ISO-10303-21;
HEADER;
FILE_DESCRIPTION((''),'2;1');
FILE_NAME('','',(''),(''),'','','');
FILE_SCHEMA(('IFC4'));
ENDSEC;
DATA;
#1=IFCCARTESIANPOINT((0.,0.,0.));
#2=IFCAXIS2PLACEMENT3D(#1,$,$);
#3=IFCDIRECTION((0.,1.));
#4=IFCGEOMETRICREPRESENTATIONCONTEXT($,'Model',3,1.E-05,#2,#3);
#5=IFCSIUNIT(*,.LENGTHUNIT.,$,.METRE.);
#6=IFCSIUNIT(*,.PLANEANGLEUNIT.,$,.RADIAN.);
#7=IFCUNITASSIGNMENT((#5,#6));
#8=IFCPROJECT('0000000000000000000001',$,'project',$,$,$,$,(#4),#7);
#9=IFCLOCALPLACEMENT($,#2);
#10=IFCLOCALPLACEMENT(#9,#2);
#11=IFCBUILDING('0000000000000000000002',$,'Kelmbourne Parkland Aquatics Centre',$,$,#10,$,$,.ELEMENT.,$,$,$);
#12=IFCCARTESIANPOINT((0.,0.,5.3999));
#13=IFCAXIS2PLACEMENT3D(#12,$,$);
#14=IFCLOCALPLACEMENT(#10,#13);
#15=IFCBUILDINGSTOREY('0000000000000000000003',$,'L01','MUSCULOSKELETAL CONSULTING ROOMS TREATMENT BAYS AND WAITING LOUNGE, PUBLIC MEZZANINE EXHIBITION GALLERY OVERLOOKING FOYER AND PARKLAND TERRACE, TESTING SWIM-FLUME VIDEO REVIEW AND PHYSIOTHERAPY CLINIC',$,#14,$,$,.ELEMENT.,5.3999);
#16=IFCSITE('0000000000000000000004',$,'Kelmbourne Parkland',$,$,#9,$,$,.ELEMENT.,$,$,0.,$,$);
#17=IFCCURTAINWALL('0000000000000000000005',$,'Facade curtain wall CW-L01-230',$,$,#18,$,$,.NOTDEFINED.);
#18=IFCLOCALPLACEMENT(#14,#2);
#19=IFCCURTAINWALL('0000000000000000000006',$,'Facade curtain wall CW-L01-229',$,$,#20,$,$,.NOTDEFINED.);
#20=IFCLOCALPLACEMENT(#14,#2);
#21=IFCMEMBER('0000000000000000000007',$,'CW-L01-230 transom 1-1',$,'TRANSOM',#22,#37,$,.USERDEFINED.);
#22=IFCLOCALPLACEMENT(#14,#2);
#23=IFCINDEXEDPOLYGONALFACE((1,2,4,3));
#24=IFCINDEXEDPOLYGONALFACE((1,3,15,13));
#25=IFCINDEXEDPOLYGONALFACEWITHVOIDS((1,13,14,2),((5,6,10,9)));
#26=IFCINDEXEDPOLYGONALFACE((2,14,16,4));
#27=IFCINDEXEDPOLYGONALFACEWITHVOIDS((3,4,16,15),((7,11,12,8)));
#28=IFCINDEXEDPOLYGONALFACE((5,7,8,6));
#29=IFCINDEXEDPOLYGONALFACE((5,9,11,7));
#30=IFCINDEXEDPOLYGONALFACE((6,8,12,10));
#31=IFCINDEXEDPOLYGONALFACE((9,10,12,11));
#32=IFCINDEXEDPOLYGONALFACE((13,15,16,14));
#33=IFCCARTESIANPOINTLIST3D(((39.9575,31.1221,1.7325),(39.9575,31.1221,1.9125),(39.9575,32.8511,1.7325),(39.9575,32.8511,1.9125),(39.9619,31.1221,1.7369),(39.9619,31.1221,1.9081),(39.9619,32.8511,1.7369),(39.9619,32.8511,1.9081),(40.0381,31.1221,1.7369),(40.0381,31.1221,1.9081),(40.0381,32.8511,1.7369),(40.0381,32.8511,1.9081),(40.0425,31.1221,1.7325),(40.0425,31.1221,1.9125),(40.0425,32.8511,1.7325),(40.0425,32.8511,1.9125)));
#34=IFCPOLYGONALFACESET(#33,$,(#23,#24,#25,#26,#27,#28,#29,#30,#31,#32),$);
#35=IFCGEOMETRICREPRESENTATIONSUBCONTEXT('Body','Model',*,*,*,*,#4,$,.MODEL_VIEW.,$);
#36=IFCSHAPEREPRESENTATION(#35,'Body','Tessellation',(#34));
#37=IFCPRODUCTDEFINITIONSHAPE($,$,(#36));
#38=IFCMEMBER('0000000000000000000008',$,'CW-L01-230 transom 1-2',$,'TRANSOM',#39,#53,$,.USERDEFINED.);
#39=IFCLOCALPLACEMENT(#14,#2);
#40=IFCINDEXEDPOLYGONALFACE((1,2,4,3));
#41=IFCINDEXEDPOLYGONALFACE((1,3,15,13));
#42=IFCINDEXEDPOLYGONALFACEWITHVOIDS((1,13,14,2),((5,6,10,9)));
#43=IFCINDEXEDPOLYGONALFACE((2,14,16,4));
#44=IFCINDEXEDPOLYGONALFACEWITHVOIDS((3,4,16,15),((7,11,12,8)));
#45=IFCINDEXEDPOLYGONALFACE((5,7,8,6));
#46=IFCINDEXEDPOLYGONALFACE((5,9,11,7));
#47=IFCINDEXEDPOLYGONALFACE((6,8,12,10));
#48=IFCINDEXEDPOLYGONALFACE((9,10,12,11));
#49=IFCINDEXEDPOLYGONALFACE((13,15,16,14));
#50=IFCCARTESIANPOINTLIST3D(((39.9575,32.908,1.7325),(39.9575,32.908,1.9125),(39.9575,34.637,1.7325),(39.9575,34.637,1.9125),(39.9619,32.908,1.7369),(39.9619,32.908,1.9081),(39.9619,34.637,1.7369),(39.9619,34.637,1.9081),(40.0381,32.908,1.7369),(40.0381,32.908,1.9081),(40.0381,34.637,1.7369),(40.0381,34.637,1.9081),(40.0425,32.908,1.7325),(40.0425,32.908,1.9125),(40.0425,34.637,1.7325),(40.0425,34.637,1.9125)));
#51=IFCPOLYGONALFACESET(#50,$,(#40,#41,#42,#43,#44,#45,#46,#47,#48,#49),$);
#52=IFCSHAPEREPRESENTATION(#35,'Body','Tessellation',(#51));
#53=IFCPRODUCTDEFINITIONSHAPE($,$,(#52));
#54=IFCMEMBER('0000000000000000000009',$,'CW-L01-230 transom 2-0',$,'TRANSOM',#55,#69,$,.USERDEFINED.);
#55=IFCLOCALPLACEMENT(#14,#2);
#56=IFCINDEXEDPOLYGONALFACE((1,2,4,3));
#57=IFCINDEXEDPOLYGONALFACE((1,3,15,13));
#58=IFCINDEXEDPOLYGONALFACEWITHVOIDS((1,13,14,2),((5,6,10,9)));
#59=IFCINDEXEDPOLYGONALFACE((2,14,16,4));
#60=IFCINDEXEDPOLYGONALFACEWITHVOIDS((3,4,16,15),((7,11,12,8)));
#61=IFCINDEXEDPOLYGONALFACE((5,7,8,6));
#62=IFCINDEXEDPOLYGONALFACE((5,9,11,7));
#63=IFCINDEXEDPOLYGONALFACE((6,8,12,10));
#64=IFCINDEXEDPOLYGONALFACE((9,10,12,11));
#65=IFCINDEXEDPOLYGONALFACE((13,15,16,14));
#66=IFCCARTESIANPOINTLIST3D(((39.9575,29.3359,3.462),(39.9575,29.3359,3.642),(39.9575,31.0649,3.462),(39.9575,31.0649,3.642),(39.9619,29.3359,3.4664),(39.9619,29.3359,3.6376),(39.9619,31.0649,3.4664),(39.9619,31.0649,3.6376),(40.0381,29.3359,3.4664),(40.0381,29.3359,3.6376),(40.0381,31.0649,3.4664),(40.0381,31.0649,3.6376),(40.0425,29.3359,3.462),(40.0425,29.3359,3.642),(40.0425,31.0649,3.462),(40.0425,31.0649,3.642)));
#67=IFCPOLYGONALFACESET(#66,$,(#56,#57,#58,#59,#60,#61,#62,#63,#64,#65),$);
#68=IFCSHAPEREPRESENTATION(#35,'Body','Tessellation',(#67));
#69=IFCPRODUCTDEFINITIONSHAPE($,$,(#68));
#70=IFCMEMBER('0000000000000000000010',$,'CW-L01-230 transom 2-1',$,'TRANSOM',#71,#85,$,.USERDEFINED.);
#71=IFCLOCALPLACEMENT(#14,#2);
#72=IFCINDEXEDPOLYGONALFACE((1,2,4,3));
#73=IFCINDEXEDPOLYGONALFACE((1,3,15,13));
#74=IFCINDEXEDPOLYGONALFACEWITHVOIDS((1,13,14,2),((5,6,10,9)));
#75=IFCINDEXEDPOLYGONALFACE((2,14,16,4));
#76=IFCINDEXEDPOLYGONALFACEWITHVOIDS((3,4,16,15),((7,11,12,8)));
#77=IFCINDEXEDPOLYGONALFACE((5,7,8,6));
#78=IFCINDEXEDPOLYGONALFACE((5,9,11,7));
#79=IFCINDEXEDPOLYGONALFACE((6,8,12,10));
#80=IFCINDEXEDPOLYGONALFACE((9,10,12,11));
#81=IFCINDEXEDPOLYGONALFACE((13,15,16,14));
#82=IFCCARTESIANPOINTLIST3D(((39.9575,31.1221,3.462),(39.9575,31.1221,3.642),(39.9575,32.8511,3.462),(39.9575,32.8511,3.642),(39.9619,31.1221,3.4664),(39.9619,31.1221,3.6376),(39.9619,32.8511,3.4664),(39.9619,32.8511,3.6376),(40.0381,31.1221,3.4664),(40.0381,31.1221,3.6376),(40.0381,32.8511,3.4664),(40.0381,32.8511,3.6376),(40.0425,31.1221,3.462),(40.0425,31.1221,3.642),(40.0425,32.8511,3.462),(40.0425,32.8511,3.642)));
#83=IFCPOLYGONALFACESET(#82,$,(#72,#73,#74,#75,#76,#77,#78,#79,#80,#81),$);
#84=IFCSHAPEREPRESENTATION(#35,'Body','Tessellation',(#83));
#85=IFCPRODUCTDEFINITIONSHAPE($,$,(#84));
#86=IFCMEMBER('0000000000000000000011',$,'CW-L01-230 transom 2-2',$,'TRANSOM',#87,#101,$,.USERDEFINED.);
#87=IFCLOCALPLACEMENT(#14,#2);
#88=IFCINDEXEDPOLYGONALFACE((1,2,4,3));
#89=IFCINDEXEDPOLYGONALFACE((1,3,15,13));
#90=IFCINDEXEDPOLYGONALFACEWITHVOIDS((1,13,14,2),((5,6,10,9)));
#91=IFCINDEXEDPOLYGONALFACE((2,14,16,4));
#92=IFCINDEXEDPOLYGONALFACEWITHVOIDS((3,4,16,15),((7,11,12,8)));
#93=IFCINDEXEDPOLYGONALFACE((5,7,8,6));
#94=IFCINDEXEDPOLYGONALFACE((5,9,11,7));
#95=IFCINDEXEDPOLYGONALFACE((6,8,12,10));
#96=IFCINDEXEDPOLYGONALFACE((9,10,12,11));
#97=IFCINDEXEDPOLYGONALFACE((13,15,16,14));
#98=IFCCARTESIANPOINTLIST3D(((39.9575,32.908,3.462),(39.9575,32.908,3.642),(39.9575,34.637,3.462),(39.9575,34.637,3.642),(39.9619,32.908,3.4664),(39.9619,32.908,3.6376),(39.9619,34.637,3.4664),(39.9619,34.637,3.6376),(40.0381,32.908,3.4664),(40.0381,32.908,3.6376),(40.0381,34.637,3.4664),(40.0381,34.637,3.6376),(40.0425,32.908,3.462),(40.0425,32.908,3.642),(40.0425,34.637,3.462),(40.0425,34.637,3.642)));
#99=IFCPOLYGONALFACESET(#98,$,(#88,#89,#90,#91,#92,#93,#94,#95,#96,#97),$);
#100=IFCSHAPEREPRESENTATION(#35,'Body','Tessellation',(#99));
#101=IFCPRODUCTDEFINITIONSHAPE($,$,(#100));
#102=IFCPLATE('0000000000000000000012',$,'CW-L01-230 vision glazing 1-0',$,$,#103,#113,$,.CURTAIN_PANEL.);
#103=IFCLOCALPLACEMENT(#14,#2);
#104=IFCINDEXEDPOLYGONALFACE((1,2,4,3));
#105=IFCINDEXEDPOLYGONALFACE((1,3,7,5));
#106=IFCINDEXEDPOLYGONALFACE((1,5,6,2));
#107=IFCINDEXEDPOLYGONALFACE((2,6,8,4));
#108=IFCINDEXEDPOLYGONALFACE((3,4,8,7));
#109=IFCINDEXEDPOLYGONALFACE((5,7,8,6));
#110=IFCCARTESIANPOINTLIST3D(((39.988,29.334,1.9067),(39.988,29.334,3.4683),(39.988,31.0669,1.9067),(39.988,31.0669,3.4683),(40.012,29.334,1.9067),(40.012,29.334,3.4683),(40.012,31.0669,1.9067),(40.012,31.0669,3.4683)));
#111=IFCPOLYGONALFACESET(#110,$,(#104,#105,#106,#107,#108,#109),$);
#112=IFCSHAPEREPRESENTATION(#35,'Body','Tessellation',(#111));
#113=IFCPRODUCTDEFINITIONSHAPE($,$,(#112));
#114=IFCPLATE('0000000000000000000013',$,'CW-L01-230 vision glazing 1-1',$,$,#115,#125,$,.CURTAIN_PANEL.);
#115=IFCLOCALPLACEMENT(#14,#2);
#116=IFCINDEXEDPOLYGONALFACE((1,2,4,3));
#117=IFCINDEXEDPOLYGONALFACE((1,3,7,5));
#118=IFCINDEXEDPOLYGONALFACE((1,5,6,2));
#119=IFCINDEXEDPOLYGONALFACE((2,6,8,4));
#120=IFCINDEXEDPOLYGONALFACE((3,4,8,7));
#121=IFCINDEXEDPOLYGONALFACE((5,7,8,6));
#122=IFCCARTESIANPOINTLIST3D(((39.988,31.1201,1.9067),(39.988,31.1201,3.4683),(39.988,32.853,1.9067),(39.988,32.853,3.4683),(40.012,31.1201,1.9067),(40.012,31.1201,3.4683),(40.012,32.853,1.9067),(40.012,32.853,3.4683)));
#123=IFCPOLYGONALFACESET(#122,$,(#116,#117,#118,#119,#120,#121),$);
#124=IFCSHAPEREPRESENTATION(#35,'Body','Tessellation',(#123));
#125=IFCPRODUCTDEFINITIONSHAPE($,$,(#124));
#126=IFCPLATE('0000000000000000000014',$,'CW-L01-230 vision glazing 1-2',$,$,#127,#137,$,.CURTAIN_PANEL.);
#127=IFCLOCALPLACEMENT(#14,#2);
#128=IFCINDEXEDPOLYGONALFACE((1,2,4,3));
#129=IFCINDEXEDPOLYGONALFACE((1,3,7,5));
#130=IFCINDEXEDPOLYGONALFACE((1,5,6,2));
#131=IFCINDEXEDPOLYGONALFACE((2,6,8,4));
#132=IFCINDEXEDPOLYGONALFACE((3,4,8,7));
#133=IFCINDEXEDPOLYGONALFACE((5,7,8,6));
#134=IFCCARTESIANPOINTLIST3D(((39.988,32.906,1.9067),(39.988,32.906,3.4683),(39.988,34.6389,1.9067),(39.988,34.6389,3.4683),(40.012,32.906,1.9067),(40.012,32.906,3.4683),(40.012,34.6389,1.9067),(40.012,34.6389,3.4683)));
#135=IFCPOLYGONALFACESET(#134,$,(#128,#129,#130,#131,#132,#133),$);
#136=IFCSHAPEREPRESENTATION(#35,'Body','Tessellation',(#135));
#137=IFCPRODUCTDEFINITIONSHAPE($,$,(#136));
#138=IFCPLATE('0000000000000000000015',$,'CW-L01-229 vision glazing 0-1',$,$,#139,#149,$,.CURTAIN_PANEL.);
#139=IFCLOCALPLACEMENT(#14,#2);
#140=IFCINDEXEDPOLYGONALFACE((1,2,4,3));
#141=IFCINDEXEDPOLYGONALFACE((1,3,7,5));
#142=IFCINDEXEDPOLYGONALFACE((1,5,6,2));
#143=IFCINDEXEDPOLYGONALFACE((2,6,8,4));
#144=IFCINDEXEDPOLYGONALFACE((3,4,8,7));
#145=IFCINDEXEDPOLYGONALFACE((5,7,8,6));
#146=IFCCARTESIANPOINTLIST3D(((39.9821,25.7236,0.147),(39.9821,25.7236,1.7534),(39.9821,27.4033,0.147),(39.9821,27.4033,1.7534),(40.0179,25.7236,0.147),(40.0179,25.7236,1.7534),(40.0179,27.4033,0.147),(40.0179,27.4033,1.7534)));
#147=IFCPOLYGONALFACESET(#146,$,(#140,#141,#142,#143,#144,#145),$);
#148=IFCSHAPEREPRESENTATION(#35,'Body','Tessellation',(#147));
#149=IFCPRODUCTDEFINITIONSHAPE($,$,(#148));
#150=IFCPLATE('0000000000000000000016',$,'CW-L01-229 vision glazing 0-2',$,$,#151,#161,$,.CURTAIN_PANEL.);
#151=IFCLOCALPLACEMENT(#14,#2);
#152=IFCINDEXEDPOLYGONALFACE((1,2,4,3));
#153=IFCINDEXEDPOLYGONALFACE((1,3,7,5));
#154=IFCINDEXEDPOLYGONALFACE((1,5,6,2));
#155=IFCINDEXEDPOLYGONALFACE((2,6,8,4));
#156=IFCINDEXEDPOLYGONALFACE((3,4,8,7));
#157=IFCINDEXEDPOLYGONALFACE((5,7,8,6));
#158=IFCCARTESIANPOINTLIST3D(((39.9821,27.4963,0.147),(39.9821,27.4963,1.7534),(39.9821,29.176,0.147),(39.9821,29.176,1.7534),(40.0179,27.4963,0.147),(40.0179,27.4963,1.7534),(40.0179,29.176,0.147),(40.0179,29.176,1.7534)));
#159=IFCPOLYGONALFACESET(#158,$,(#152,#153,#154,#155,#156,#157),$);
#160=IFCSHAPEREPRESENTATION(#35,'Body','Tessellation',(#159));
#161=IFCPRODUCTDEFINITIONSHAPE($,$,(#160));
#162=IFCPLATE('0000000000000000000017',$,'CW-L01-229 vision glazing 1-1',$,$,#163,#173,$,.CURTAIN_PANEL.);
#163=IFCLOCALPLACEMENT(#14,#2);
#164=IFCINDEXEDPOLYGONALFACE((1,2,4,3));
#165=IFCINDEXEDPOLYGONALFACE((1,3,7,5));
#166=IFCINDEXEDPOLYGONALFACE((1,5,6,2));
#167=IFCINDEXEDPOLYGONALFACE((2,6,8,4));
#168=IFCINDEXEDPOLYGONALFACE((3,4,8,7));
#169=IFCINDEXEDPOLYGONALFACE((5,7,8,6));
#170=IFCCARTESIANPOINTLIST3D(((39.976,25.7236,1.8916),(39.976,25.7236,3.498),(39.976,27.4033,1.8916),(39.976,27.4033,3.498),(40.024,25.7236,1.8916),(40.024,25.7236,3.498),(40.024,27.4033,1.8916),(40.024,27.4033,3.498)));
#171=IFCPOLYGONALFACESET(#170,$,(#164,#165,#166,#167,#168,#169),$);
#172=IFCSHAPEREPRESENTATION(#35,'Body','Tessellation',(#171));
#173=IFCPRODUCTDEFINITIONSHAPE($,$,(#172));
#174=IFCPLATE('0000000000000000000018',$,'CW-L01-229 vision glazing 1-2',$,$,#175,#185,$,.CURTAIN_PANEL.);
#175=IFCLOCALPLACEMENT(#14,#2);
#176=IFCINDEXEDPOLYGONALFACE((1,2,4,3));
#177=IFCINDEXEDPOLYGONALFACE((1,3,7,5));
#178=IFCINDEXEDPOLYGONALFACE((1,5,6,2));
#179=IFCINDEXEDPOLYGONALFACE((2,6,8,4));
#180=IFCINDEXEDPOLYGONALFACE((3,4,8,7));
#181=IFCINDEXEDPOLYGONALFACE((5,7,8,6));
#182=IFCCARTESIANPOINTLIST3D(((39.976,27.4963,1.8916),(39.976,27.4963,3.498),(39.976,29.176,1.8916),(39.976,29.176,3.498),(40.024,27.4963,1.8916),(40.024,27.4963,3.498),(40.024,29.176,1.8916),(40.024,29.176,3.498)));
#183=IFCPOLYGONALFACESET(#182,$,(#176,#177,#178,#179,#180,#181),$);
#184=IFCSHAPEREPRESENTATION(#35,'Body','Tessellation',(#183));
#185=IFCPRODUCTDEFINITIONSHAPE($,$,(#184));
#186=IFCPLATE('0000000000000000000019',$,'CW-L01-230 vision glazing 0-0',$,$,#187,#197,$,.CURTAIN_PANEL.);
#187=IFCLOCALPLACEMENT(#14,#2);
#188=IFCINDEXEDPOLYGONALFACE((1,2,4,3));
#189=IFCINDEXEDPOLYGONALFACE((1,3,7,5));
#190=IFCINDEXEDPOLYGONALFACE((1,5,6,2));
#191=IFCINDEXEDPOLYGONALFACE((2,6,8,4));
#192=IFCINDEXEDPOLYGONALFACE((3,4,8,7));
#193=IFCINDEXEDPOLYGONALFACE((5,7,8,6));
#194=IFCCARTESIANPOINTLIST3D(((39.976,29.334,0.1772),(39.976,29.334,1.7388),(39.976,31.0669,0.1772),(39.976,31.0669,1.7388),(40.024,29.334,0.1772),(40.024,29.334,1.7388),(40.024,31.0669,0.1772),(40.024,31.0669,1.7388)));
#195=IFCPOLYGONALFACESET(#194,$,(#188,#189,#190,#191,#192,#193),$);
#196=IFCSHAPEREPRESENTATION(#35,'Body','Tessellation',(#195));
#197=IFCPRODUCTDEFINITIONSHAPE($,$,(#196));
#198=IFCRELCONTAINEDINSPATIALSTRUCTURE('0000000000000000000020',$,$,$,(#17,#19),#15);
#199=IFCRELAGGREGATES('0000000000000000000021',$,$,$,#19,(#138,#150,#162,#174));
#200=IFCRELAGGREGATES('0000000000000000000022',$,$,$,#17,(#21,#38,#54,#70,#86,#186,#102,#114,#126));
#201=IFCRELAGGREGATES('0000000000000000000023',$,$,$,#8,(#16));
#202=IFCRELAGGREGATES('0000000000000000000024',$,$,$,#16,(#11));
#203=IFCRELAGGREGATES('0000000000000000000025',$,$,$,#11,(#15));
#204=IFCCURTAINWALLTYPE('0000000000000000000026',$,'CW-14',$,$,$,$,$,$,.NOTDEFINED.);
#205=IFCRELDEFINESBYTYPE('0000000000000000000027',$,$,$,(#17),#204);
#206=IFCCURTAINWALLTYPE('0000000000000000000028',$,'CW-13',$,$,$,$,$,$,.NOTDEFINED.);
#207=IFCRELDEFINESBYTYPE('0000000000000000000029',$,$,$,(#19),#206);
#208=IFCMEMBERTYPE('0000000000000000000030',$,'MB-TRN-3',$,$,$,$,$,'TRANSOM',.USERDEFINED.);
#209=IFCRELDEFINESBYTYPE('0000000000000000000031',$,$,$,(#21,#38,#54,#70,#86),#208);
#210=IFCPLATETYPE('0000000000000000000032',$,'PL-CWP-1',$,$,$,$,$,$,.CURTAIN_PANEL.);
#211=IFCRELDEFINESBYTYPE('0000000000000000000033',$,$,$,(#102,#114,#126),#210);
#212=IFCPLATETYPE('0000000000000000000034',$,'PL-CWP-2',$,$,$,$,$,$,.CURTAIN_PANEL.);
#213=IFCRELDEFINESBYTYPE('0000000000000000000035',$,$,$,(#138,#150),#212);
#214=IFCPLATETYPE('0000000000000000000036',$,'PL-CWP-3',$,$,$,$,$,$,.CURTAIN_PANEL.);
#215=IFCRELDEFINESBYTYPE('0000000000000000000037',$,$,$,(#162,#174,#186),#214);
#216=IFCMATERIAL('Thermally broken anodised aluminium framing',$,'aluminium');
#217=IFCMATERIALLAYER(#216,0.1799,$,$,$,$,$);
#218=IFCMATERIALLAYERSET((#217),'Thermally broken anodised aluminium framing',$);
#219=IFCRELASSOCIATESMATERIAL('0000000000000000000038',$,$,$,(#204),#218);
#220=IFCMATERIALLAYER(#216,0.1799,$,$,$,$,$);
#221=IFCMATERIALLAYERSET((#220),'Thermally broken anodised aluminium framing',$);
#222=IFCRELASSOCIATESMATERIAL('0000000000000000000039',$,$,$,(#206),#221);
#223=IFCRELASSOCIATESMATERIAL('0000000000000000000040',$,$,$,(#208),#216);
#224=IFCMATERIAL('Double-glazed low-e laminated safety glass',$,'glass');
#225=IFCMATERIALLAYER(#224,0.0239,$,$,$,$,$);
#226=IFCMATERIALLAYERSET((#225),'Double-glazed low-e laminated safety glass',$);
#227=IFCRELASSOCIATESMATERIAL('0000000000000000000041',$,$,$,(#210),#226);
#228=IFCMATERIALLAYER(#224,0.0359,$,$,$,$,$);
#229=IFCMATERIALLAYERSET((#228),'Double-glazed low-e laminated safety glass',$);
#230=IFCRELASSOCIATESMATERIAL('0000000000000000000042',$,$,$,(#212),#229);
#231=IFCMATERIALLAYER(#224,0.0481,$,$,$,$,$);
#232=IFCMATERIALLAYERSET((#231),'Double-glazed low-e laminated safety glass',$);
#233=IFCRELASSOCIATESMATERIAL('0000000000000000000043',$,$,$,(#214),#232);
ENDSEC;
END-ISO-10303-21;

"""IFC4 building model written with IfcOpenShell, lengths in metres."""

from ifc_helpers import new_model, si_unit, direction, frame, origin, origin_2d, place, context, subcontext, project, spatial, rectangle, hollow_rectangle, extrude, material, layer, layer_set, material_profile, profile_set, type_object, element, aggregate, save


model = new_model("IFC4")

# Units and contexts
model_context = context("Model", 3, precision=1e-05, world=origin(), true_north=direction((0.0, 1.0)))
body_context = subcontext(model_context, "Body", "Model", "MODEL_VIEW")
ifc_project = project(units=[si_unit("LENGTHUNIT", "METRE"), si_unit("PLANEANGLEUNIT", "RADIAN")], contexts=[model_context])

# Site, building, storey
site_placement = place(None, origin())
site = spatial("IfcSite", under=ifc_project, at=site_placement, Name="Kelmbourne Parkland", CompositionType="ELEMENT", RefElevation=0.0)
building_placement = place(site_placement, origin())
building = spatial("IfcBuilding", under=site, at=building_placement, Name="Kelmbourne Parkland Aquatics Centre", CompositionType="ELEMENT")
storey_placement = place(building_placement, frame((0.0, 0.0, 5.3999)))
storey = spatial("IfcBuildingStorey", under=building, at=storey_placement, Name="L01", Description="MUSCULOSKELETAL CONSULTING ROOMS TREATMENT BAYS AND WAITING LOUNGE, PUBLIC MEZZANINE EXHIBITION GALLERY OVERLOOKING FOYER AND PARKLAND TERRACE, TESTING SWIM-FLUME VIDEO REVIEW AND PHYSIOTHERAPY CLINIC", CompositionType="ELEMENT", Elevation=5.3999)

# Curtain wall
ifc_material_1 = material(Name="Thermally broken anodised aluminium framing", Category="aluminium")
ifc_layer_1 = layer(ifc_material_1, 0.1799)
ifc_layer_set_1 = layer_set([ifc_layer_1], Name="Thermally broken anodised aluminium framing")
curtain_wall_type_1 = type_object("IfcCurtainWallType", Name="CW-14", PredefinedType="NOTDEFINED", material=ifc_layer_set_1)
curtain_wall_1_placement = place(storey_placement, origin())
curtain_wall_1 = element("IfcCurtainWall", 1, at=curtain_wall_1_placement, inside=storey, type_object=curtain_wall_type_1, Name="Facade curtain wall CW-L01-230", PredefinedType="NOTDEFINED")

# Curtain wall
ifc_layer_2 = layer(ifc_material_1, 0.1799)
ifc_layer_set_2 = layer_set([ifc_layer_2], Name="Thermally broken anodised aluminium framing")
curtain_wall_type_2 = type_object("IfcCurtainWallType", Name="CW-13", PredefinedType="NOTDEFINED", material=ifc_layer_set_2)
curtain_wall_2_placement = place(storey_placement, origin())
curtain_wall_2 = element("IfcCurtainWall", 2, at=curtain_wall_2_placement, inside=storey, type_object=curtain_wall_type_2, Name="Facade curtain wall CW-L01-229", PredefinedType="NOTDEFINED")

# Members
ifc_material_profile_1 = material_profile(ifc_material_1, hollow_rectangle(XDim=0.085, YDim=0.1799, WallThickness=0.0044, at=origin_2d()), Name="CW-T 85x180")
ifc_profile_set_1 = profile_set([ifc_material_profile_1], Name="Thermally broken anodised aluminium framing")
member_type_1 = type_object("IfcMemberType", Name="MB-TRN-3", ElementType="TRANSOM", PredefinedType="USERDEFINED", material=ifc_profile_set_1)
member_1_placement = place(storey_placement, frame((40.0, 31.1221, 1.8225), z_axis=(0.0, 1.0, 0.0), x_axis=(-1.0, 0.0, 0.0)))
member_1 = element("IfcMember", 3, at=member_1_placement, type_object=member_type_1, Name="CW-L01-230 transom 1-1", ObjectType="TRANSOM", PredefinedType="USERDEFINED", context=body_context, shape_type="SweptSolid", body=[
    extrude(hollow_rectangle(XDim=0.085, YDim=0.1799, WallThickness=0.0044, at=origin_2d()), origin(), (0.0, 0.0, 1.0), 1.729),
])
member_2_placement = place(storey_placement, frame((40.0, 32.908, 1.8225), z_axis=(0.0, 1.0, 0.0), x_axis=(-1.0, 0.0, 0.0)))
member_2 = element("IfcMember", 4, at=member_2_placement, type_object=member_type_1, Name="CW-L01-230 transom 1-2", ObjectType="TRANSOM", PredefinedType="USERDEFINED", context=body_context, shape_type="SweptSolid", body=[
    extrude(hollow_rectangle(XDim=0.085, YDim=0.1799, WallThickness=0.0044, at=origin_2d()), origin(), (0.0, 0.0, 1.0), 1.729),
])
member_3_placement = place(storey_placement, frame((40.0, 29.3359, 3.552), z_axis=(0.0, 1.0, 0.0), x_axis=(-1.0, 0.0, 0.0)))
member_3 = element("IfcMember", 5, at=member_3_placement, type_object=member_type_1, Name="CW-L01-230 transom 2-0", ObjectType="TRANSOM", PredefinedType="USERDEFINED", context=body_context, shape_type="SweptSolid", body=[
    extrude(hollow_rectangle(XDim=0.085, YDim=0.1799, WallThickness=0.0044, at=origin_2d()), origin(), (0.0, 0.0, 1.0), 1.729),
])
member_4_placement = place(storey_placement, frame((40.0, 31.1221, 3.552), z_axis=(0.0, 1.0, 0.0), x_axis=(-1.0, 0.0, 0.0)))
member_4 = element("IfcMember", 6, at=member_4_placement, type_object=member_type_1, Name="CW-L01-230 transom 2-1", ObjectType="TRANSOM", PredefinedType="USERDEFINED", context=body_context, shape_type="SweptSolid", body=[
    extrude(hollow_rectangle(XDim=0.085, YDim=0.1799, WallThickness=0.0044, at=origin_2d()), origin(), (0.0, 0.0, 1.0), 1.729),
])
member_5_placement = place(storey_placement, frame((40.0, 32.908, 3.552), z_axis=(0.0, 1.0, 0.0), x_axis=(-1.0, 0.0, 0.0)))
member_5 = element("IfcMember", 7, at=member_5_placement, type_object=member_type_1, Name="CW-L01-230 transom 2-2", ObjectType="TRANSOM", PredefinedType="USERDEFINED", context=body_context, shape_type="SweptSolid", body=[
    extrude(hollow_rectangle(XDim=0.085, YDim=0.1799, WallThickness=0.0044, at=origin_2d()), origin(), (0.0, 0.0, 1.0), 1.729),
])

# Plates
ifc_material_2 = material(Name="Double-glazed low-e laminated safety glass", Category="glass")
ifc_layer_3 = layer(ifc_material_2, 0.0239)
ifc_layer_set_3 = layer_set([ifc_layer_3], Name="Double-glazed low-e laminated safety glass")
plate_type_1 = type_object("IfcPlateType", Name="PL-CWP-1", PredefinedType="CURTAIN_PANEL", material=ifc_layer_set_3)
plate_1_placement = place(storey_placement, frame((40.0, 30.2004, 1.9067), z_axis=(0.0, 0.0, 1.0), x_axis=(0.0, 1.0, 0.0)))
plate_1 = element("IfcPlate", 8, at=plate_1_placement, type_object=plate_type_1, Name="CW-L01-230 vision glazing 1-0", PredefinedType="CURTAIN_PANEL", context=body_context, shape_type="SweptSolid", body=[
    extrude(rectangle(XDim=1.7329, YDim=0.0239, at=origin_2d()), origin(), (0.0, 0.0, 1.0), 1.5615),
])
plate_2_placement = place(storey_placement, frame((40.0, 31.9866, 1.9067), z_axis=(0.0, 0.0, 1.0), x_axis=(0.0, 1.0, 0.0)))
plate_2 = element("IfcPlate", 9, at=plate_2_placement, type_object=plate_type_1, Name="CW-L01-230 vision glazing 1-1", PredefinedType="CURTAIN_PANEL", context=body_context, shape_type="SweptSolid", body=[
    extrude(rectangle(XDim=1.7329, YDim=0.0239, at=origin_2d()), origin(), (0.0, 0.0, 1.0), 1.5615),
])
plate_3_placement = place(storey_placement, frame((40.0, 33.7725, 1.9067), z_axis=(0.0, 0.0, 1.0), x_axis=(0.0, 1.0, 0.0)))
plate_3 = element("IfcPlate", 10, at=plate_3_placement, type_object=plate_type_1, Name="CW-L01-230 vision glazing 1-2", PredefinedType="CURTAIN_PANEL", context=body_context, shape_type="SweptSolid", body=[
    extrude(rectangle(XDim=1.7329, YDim=0.0239, at=origin_2d()), origin(), (0.0, 0.0, 1.0), 1.5615),
])
ifc_layer_4 = layer(ifc_material_2, 0.0359)
ifc_layer_set_4 = layer_set([ifc_layer_4], Name="Double-glazed low-e laminated safety glass")
plate_type_2 = type_object("IfcPlateType", Name="PL-CWP-2", PredefinedType="CURTAIN_PANEL", material=ifc_layer_set_4)
plate_4_placement = place(storey_placement, frame((40.0, 26.5635, 0.147), z_axis=(0.0, 0.0, 1.0), x_axis=(0.0, 1.0, 0.0)))
plate_4 = element("IfcPlate", 11, at=plate_4_placement, type_object=plate_type_2, Name="CW-L01-229 vision glazing 0-1", PredefinedType="CURTAIN_PANEL", context=body_context, shape_type="SweptSolid", body=[
    extrude(rectangle(XDim=1.6797, YDim=0.0359, at=origin_2d()), origin(), (0.0, 0.0, 1.0), 1.6064),
])
plate_5_placement = place(storey_placement, frame((40.0, 28.3362, 0.147), z_axis=(0.0, 0.0, 1.0), x_axis=(0.0, 1.0, 0.0)))
plate_5 = element("IfcPlate", 12, at=plate_5_placement, type_object=plate_type_2, Name="CW-L01-229 vision glazing 0-2", PredefinedType="CURTAIN_PANEL", context=body_context, shape_type="SweptSolid", body=[
    extrude(rectangle(XDim=1.6797, YDim=0.0359, at=origin_2d()), origin(), (0.0, 0.0, 1.0), 1.6064),
])
ifc_layer_5 = layer(ifc_material_2, 0.0481)
ifc_layer_set_5 = layer_set([ifc_layer_5], Name="Double-glazed low-e laminated safety glass")
plate_type_3 = type_object("IfcPlateType", Name="PL-CWP-3", PredefinedType="CURTAIN_PANEL", material=ifc_layer_set_5)
plate_6_placement = place(storey_placement, frame((40.0, 26.5635, 1.8916), z_axis=(0.0, 0.0, 1.0), x_axis=(0.0, 1.0, 0.0)))
plate_6 = element("IfcPlate", 13, at=plate_6_placement, type_object=plate_type_3, Name="CW-L01-229 vision glazing 1-1", PredefinedType="CURTAIN_PANEL", context=body_context, shape_type="SweptSolid", body=[
    extrude(rectangle(XDim=1.6797, YDim=0.0481, at=origin_2d()), origin(), (0.0, 0.0, 1.0), 1.6064),
])
plate_7_placement = place(storey_placement, frame((40.0, 28.3362, 1.8916), z_axis=(0.0, 0.0, 1.0), x_axis=(0.0, 1.0, 0.0)))
plate_7 = element("IfcPlate", 14, at=plate_7_placement, type_object=plate_type_3, Name="CW-L01-229 vision glazing 1-2", PredefinedType="CURTAIN_PANEL", context=body_context, shape_type="SweptSolid", body=[
    extrude(rectangle(XDim=1.6797, YDim=0.0481, at=origin_2d()), origin(), (0.0, 0.0, 1.0), 1.6064),
])
aggregate(curtain_wall_2, [plate_4, plate_5, plate_6, plate_7])
plate_8_placement = place(storey_placement, frame((40.0, 30.2004, 0.1772), z_axis=(0.0, 0.0, 1.0), x_axis=(0.0, 1.0, 0.0)))
plate_8 = element("IfcPlate", 15, at=plate_8_placement, type_object=plate_type_3, Name="CW-L01-230 vision glazing 0-0", PredefinedType="CURTAIN_PANEL", context=body_context, shape_type="SweptSolid", body=[
    extrude(rectangle(XDim=1.7329, YDim=0.0481, at=origin_2d()), origin(), (0.0, 0.0, 1.0), 1.5615),
])
aggregate(curtain_wall_1, [member_1, member_2, member_3, member_4, member_5, plate_8, plate_1, plate_2, plate_3])

save(model, "model.ifc")
